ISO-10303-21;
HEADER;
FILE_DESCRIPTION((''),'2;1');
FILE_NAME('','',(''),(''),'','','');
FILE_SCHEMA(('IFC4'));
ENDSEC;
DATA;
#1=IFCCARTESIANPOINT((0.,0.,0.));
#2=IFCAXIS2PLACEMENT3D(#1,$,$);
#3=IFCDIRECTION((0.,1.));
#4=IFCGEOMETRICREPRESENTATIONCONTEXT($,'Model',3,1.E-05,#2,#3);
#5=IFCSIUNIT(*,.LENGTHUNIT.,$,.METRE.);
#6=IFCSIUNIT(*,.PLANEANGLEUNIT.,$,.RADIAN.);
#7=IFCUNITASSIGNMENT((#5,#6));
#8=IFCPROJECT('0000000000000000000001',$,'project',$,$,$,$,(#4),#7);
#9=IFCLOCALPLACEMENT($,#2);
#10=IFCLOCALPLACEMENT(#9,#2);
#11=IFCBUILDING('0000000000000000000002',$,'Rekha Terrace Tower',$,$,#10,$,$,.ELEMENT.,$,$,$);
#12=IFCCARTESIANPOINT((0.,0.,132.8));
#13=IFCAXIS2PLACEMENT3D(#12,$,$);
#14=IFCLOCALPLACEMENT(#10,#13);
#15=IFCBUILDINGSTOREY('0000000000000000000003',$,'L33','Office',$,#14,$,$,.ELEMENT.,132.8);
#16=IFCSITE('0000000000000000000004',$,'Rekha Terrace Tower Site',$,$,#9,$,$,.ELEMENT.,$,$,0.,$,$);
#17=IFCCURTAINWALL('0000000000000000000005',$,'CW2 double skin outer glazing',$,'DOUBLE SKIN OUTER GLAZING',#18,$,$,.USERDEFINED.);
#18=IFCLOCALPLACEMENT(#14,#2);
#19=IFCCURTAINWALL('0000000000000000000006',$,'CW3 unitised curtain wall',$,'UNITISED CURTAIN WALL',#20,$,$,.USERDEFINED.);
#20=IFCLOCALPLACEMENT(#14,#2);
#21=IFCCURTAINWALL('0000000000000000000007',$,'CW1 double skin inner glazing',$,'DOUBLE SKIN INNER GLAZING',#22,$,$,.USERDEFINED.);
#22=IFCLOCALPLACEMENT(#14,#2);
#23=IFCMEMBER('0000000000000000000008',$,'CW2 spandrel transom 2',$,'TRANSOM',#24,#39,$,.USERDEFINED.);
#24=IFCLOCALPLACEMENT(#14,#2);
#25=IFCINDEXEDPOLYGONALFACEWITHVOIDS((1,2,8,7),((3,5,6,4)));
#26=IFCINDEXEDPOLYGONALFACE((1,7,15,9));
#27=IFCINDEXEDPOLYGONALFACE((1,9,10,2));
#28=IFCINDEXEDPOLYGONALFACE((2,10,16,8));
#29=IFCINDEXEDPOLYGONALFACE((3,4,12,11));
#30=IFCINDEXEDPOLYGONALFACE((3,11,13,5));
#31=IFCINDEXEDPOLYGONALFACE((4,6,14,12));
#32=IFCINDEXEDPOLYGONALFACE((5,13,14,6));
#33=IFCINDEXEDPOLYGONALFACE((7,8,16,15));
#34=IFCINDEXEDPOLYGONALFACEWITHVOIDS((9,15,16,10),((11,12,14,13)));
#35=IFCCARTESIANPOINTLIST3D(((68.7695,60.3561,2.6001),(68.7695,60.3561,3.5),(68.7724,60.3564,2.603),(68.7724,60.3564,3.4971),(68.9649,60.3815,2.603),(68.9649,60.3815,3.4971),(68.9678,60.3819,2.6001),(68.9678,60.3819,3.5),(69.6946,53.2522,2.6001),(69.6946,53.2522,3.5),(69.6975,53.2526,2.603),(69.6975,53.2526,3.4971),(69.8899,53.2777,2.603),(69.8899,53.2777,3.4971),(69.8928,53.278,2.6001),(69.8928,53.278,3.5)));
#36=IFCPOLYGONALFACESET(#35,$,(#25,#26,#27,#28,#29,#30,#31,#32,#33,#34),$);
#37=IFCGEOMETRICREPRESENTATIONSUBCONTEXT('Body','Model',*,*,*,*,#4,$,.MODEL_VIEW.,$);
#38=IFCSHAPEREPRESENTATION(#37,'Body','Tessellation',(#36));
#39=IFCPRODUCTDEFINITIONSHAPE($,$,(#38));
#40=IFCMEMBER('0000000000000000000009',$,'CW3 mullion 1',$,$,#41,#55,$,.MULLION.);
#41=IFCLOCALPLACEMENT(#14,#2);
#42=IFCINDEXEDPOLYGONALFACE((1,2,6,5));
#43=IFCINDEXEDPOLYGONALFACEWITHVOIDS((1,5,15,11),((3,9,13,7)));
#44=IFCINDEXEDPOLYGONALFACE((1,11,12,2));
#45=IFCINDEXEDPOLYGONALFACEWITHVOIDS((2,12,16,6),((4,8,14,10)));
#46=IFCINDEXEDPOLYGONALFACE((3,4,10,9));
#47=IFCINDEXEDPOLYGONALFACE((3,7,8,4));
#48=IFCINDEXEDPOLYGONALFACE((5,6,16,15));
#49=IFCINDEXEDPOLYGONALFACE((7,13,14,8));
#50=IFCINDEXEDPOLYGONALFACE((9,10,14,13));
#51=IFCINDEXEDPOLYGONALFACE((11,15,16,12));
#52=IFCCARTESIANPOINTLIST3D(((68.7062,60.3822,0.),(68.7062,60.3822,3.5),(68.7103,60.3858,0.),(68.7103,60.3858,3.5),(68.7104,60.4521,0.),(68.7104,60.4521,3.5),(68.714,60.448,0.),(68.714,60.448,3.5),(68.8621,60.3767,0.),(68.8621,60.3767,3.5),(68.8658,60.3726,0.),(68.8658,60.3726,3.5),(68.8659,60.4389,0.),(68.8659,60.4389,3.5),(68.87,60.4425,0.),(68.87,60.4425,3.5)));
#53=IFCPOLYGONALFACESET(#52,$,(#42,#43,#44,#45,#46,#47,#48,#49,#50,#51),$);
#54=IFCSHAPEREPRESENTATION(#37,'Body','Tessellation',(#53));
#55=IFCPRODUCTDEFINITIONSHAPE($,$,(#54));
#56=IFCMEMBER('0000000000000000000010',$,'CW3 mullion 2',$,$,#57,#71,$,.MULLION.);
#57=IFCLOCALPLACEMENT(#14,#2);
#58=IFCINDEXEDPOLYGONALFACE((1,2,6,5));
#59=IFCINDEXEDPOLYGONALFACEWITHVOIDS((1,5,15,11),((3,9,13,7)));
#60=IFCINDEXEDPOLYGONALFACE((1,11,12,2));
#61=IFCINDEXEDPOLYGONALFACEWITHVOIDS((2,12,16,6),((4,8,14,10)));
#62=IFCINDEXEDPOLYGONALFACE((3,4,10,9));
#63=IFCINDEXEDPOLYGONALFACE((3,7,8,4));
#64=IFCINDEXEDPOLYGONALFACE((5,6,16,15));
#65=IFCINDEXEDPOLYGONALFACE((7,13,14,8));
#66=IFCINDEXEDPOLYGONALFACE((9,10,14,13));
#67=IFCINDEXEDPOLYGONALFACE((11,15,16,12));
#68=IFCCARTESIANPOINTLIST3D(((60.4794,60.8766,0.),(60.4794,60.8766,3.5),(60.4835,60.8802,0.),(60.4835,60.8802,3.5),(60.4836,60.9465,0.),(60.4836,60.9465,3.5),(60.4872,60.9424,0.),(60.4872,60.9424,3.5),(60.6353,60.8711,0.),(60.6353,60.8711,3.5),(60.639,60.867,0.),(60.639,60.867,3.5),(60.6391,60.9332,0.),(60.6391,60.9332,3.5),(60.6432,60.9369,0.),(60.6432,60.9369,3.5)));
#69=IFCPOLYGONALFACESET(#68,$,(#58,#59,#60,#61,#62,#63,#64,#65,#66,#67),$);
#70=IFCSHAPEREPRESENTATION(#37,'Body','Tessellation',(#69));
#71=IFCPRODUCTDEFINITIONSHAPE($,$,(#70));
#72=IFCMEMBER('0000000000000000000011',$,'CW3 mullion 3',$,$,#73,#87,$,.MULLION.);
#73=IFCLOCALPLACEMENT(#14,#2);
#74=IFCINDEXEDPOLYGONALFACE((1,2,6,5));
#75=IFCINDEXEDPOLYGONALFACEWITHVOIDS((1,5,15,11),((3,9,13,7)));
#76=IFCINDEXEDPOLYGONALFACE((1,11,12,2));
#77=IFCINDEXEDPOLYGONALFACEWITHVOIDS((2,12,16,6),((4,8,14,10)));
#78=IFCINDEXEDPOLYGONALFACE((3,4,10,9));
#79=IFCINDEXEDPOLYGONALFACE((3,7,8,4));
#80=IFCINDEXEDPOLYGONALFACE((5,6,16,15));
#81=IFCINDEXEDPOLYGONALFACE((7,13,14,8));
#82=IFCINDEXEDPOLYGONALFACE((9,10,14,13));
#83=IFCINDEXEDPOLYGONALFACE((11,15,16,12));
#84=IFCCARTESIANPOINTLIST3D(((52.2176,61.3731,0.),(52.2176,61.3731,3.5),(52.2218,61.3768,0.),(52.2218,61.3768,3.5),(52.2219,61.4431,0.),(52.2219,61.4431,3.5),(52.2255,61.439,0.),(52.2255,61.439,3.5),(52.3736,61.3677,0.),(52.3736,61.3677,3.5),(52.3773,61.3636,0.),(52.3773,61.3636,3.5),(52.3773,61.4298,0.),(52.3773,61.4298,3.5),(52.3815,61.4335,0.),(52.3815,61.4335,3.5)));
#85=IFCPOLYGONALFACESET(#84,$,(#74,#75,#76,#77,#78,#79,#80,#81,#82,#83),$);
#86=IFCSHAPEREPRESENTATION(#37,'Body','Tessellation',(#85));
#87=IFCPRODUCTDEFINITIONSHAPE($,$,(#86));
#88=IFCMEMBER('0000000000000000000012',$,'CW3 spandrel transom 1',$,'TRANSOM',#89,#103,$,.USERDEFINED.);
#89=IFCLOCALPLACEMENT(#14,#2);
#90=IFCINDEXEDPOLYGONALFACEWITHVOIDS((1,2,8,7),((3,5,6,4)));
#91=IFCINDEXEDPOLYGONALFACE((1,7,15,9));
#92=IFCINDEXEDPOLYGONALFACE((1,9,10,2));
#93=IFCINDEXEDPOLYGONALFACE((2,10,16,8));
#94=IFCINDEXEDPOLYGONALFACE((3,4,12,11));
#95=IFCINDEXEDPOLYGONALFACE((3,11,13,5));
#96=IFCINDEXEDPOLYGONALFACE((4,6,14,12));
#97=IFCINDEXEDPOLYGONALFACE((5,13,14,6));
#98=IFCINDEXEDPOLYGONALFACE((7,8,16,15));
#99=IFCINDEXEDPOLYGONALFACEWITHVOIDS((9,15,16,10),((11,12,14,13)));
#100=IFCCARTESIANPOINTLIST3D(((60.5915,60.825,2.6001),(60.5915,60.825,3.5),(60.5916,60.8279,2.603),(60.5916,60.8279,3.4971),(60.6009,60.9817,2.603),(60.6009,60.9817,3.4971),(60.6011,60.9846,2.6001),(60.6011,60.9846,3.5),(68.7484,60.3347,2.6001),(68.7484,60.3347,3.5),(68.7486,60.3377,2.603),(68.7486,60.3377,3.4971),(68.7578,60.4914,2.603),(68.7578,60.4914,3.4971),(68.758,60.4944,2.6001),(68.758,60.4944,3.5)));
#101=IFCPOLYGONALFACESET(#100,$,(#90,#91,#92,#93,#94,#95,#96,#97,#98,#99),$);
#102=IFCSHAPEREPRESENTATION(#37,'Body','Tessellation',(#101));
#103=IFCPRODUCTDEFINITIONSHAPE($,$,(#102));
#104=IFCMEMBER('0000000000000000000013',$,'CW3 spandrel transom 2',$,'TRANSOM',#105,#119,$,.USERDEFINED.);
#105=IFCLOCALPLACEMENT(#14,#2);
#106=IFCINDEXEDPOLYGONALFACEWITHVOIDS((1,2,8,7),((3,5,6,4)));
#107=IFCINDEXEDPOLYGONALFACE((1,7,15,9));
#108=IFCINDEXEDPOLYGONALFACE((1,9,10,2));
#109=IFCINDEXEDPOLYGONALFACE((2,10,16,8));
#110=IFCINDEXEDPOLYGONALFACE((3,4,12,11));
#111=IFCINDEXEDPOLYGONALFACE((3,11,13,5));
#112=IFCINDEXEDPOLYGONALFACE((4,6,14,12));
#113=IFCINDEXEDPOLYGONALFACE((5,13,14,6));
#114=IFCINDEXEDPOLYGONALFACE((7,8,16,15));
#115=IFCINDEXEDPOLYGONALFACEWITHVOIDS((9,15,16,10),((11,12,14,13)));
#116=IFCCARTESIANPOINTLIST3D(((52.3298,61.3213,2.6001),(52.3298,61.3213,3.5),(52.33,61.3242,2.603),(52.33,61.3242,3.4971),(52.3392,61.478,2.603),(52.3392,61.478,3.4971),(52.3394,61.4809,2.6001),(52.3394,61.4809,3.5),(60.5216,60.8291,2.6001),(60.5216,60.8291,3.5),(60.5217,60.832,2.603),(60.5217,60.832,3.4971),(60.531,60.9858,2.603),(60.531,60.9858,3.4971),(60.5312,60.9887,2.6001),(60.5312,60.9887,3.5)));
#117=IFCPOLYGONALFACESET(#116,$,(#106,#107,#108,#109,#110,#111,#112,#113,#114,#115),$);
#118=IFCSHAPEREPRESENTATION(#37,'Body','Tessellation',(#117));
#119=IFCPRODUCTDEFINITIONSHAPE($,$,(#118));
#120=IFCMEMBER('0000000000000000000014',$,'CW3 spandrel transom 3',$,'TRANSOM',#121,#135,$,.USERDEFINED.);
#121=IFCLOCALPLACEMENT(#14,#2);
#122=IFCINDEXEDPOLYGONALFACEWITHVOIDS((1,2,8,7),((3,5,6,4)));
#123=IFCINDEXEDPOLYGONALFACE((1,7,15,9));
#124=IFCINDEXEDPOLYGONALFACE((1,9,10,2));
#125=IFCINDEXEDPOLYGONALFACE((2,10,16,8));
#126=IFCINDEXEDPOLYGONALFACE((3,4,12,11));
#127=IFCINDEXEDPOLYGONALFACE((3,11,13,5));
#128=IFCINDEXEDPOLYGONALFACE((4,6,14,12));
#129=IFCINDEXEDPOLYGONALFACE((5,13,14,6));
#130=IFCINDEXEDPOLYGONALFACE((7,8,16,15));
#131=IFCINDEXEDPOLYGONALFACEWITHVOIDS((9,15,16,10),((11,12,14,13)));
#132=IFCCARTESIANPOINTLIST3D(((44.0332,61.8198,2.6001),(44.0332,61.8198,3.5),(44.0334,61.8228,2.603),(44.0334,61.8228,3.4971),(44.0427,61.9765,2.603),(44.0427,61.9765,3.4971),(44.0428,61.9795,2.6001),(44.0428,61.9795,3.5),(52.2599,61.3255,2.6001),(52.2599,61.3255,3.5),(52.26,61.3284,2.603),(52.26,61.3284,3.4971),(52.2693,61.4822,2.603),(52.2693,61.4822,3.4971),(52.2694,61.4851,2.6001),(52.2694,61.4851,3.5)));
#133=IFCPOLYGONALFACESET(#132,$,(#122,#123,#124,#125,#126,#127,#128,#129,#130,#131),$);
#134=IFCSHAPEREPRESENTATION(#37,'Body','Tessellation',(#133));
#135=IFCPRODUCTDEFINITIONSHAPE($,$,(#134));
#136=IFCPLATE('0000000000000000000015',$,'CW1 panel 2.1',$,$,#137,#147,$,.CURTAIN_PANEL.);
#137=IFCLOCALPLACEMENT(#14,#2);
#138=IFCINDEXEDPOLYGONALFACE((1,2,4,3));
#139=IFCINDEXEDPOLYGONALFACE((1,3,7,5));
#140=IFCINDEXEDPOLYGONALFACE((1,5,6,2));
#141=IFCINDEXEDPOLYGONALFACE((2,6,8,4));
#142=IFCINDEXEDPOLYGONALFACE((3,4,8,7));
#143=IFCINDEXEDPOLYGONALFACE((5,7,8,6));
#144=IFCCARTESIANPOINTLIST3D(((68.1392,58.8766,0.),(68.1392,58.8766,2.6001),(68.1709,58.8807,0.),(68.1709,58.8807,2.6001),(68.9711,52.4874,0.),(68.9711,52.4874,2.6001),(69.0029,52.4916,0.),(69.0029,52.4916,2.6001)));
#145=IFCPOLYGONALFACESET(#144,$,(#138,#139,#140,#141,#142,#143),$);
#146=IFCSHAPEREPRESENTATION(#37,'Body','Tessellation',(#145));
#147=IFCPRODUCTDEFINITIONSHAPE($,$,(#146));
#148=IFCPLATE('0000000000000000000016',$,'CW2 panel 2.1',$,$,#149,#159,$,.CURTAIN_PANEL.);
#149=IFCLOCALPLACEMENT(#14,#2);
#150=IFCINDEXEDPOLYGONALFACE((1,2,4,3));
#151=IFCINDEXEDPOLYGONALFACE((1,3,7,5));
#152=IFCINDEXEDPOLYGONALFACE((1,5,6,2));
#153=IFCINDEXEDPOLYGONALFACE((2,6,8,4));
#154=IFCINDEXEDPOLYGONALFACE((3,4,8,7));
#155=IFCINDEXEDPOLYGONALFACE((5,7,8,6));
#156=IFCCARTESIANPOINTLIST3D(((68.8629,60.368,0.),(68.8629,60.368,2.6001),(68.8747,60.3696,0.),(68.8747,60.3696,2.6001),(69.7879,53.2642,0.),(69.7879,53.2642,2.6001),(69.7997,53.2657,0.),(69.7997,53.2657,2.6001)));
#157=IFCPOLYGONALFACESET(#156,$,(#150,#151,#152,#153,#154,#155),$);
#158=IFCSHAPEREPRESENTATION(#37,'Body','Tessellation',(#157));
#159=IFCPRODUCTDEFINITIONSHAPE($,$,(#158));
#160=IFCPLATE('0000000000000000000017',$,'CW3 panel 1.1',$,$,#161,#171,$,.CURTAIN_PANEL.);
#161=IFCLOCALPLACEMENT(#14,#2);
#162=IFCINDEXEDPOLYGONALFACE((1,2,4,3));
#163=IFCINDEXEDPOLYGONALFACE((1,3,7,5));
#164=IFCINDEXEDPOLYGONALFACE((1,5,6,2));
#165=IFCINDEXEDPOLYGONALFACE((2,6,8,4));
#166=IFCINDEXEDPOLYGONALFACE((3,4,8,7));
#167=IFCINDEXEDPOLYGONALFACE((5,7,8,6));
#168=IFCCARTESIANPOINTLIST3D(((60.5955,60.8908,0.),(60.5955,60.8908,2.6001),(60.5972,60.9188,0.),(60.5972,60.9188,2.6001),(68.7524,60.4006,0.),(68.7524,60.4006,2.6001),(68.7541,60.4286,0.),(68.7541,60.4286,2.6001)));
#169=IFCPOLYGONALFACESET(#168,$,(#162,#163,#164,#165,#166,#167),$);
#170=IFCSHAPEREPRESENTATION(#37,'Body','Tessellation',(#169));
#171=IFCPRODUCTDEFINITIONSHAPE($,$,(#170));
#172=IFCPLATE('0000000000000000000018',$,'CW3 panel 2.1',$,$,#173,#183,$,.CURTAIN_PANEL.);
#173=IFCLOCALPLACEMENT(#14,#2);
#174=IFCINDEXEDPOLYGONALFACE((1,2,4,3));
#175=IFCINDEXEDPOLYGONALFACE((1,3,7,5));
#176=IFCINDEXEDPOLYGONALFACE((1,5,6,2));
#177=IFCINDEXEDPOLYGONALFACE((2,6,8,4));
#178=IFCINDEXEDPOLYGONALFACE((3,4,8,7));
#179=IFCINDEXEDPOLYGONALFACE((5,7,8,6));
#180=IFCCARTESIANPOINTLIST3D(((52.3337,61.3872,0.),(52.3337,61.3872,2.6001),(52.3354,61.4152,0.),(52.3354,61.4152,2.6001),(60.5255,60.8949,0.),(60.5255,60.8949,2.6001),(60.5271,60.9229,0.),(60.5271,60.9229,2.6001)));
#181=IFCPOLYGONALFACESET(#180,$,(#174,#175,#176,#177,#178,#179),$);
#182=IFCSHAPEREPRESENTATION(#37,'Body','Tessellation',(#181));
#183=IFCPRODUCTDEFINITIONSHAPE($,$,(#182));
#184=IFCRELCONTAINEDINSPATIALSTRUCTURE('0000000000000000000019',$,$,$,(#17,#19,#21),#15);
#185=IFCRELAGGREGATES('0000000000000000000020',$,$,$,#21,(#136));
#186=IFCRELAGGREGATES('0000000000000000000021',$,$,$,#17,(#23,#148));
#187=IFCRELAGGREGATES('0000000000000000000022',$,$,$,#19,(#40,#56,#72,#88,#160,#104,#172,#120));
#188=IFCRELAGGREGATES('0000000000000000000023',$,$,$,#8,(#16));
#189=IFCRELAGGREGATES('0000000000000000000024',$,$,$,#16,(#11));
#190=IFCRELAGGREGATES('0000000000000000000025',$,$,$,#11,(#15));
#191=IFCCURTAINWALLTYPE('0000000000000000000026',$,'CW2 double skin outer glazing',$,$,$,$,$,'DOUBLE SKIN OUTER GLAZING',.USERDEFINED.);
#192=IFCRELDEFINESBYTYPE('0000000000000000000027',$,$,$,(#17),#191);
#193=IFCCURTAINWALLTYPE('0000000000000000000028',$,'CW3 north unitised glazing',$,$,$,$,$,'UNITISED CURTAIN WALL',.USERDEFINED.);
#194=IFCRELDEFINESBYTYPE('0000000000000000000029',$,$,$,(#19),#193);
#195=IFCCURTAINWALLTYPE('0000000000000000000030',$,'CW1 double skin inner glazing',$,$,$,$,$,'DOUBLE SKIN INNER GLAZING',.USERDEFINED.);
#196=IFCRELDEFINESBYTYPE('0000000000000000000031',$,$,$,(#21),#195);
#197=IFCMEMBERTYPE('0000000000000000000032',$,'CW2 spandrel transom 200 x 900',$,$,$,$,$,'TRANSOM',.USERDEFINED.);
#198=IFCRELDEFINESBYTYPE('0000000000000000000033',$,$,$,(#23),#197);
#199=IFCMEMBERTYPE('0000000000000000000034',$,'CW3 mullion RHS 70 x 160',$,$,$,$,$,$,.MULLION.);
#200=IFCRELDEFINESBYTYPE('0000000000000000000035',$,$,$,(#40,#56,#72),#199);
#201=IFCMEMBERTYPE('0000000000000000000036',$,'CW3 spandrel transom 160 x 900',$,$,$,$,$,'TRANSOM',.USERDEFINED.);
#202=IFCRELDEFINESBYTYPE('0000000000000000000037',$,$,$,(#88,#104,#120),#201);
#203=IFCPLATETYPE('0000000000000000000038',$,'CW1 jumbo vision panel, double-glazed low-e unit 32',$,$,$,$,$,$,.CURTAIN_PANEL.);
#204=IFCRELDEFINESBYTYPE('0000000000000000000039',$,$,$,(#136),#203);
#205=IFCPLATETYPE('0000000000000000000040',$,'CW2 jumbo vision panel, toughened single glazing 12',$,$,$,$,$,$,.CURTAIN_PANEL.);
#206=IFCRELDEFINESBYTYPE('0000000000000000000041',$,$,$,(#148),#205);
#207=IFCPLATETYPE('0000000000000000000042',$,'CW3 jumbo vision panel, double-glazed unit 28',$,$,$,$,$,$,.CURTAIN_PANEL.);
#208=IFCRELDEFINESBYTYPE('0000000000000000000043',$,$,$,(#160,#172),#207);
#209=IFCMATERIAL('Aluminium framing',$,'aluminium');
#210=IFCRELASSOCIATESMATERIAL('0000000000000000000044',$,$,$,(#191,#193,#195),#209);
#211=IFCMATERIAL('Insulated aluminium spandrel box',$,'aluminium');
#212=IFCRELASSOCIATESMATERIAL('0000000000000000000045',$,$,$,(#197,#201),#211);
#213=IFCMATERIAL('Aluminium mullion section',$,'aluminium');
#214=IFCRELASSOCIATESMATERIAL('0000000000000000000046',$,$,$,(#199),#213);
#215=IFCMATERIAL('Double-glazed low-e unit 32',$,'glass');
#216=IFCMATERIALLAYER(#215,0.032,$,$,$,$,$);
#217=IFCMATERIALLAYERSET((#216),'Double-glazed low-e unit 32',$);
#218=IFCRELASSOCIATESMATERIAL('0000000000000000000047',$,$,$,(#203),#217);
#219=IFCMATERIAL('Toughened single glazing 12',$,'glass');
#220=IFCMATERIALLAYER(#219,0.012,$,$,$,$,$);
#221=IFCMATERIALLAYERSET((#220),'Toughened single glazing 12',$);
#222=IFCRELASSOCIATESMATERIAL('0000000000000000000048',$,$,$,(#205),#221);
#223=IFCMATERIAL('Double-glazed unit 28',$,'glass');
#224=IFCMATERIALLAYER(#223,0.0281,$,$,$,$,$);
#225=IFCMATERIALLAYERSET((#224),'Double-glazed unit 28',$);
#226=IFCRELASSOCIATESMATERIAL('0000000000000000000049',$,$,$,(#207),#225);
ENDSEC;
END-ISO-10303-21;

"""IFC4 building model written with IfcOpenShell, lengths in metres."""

from ifc_helpers import new_model, si_unit, direction, frame, origin, origin_2d, place, context, subcontext, project, spatial, rectangle, hollow_rectangle, extrude, material, layer, layer_set, material_profile, profile_set, type_object, element, aggregate, save


model = new_model("IFC4")

# Units and contexts
model_context = context("Model", 3, precision=1e-05, world=origin(), true_north=direction((0.0, 1.0)))
body_context = subcontext(model_context, "Body", "Model", "MODEL_VIEW")
ifc_project = project(units=[si_unit("LENGTHUNIT", "METRE"), si_unit("PLANEANGLEUNIT", "RADIAN")], contexts=[model_context])

# Site, building, storey
site_placement = place(None, origin())
site = spatial("IfcSite", under=ifc_project, at=site_placement, Name="Rekha Terrace Tower Site", CompositionType="ELEMENT", RefElevation=0.0)
building_placement = place(site_placement, origin())
building = spatial("IfcBuilding", under=site, at=building_placement, Name="Rekha Terrace Tower", CompositionType="ELEMENT")
storey_placement = place(building_placement, frame((0.0, 0.0, 132.8)))
storey = spatial("IfcBuildingStorey", under=building, at=storey_placement, Name="L33", Description="Office", CompositionType="ELEMENT", Elevation=132.8)

# Curtain wall
ifc_material_1 = material(Name="Aluminium framing", Category="aluminium")
curtain_wall_type_1 = type_object("IfcCurtainWallType", Name="CW2 double skin outer glazing", ElementType="DOUBLE SKIN OUTER GLAZING", PredefinedType="USERDEFINED", material=ifc_material_1)
curtain_wall_1_placement = place(storey_placement, origin())
curtain_wall_1 = element("IfcCurtainWall", 1, at=curtain_wall_1_placement, inside=storey, type_object=curtain_wall_type_1, Name="CW2 double skin outer glazing", ObjectType="DOUBLE SKIN OUTER GLAZING", PredefinedType="USERDEFINED")

# Curtain walls
curtain_wall_type_2 = type_object("IfcCurtainWallType", Name="CW3 north unitised glazing", ElementType="UNITISED CURTAIN WALL", PredefinedType="USERDEFINED", material=ifc_material_1)
curtain_wall_2_placement = place(storey_placement, origin())
curtain_wall_2 = element("IfcCurtainWall", 2, at=curtain_wall_2_placement, inside=storey, type_object=curtain_wall_type_2, Name="CW3 unitised curtain wall", ObjectType="UNITISED CURTAIN WALL", PredefinedType="USERDEFINED")
curtain_wall_type_3 = type_object("IfcCurtainWallType", Name="CW1 double skin inner glazing", ElementType="DOUBLE SKIN INNER GLAZING", PredefinedType="USERDEFINED", material=ifc_material_1)
curtain_wall_3_placement = place(storey_placement, origin())
curtain_wall_3 = element("IfcCurtainWall", 3, at=curtain_wall_3_placement, inside=storey, type_object=curtain_wall_type_3, Name="CW1 double skin inner glazing", ObjectType="DOUBLE SKIN INNER GLAZING", PredefinedType="USERDEFINED")
ifc_material_2 = material(Name="Aluminium mullion section", Category="aluminium")
ifc_material_3 = material(Name="Insulated aluminium spandrel box", Category="aluminium")

# Members
ifc_material_profile_1 = material_profile(ifc_material_3, hollow_rectangle(XDim=0.2, YDim=0.8999, WallThickness=0.0029, at=origin_2d()), Name="AL SPANDREL BOX 200x900")
ifc_profile_set_1 = profile_set([ifc_material_profile_1], Name="Insulated aluminium spandrel box")
member_type_1 = type_object("IfcMemberType", Name="CW2 spandrel transom 200 x 900", ElementType="TRANSOM", PredefinedType="USERDEFINED", material=ifc_profile_set_1)
member_1_placement = place(storey_placement, frame((69.7937, 53.2651, 3.05), z_axis=(-0.129129, 0.991628, 0.0), x_axis=(-0.991628, -0.129129, 0.0)))
member_1 = element("IfcMember", 4, at=member_1_placement, type_object=member_type_1, Name="CW2 spandrel transom 2", ObjectType="TRANSOM", PredefinedType="USERDEFINED", context=body_context, shape_type="SweptSolid", body=[
    extrude(hollow_rectangle(XDim=0.2, YDim=0.8999, WallThickness=0.0029, at=origin_2d()), origin(), (0.0, 0.0, 1.0), 7.1638),
])
ifc_material_profile_2 = material_profile(ifc_material_2, hollow_rectangle(XDim=0.0701, YDim=0.1599, WallThickness=0.0039, at=origin_2d()), Name="AL RHS 70x160")
ifc_profile_set_2 = profile_set([ifc_material_profile_2], Name="Aluminium mullion section")
member_type_2 = type_object("IfcMemberType", Name="CW3 mullion RHS 70 x 160", PredefinedType="MULLION", material=ifc_profile_set_2)
member_2_placement = place(storey_placement, frame((68.7881, 60.4124, 0.0), z_axis=(0.0, 0.0, 1.0), x_axis=(-0.059988, -0.998199, 0.0)))
member_2 = element("IfcMember", 5, at=member_2_placement, type_object=member_type_2, Name="CW3 mullion 1", PredefinedType="MULLION", context=body_context, shape_type="SweptSolid", body=[
    extrude(hollow_rectangle(XDim=0.0701, YDim=0.1599, WallThickness=0.0039, at=origin_2d()), origin(), (0.0, 0.0, 1.0), 3.5),
])
member_3_placement = place(storey_placement, frame((60.5613, 60.9067, 0.0), z_axis=(0.0, 0.0, 1.0), x_axis=(-0.059988, -0.998199, 0.0)))
member_3 = element("IfcMember", 6, at=member_3_placement, type_object=member_type_2, Name="CW3 mullion 2", PredefinedType="MULLION", context=body_context, shape_type="SweptSolid", body=[
    extrude(hollow_rectangle(XDim=0.0701, YDim=0.1599, WallThickness=0.0039, at=origin_2d()), origin(), (0.0, 0.0, 1.0), 3.5),
])
member_4_placement = place(storey_placement, frame((52.2996, 61.4033, 0.0), z_axis=(0.0, 0.0, 1.0), x_axis=(-0.059988, -0.998199, 0.0)))
member_4 = element("IfcMember", 7, at=member_4_placement, type_object=member_type_2, Name="CW3 mullion 3", PredefinedType="MULLION", context=body_context, shape_type="SweptSolid", body=[
    extrude(hollow_rectangle(XDim=0.0701, YDim=0.1599, WallThickness=0.0039, at=origin_2d()), origin(), (0.0, 0.0, 1.0), 3.5),
])
ifc_material_profile_3 = material_profile(ifc_material_3, hollow_rectangle(XDim=0.1599, YDim=0.8999, WallThickness=0.0029, at=origin_2d()), Name="AL SPANDREL BOX 160x900")
ifc_profile_set_3 = profile_set([ifc_material_profile_3], Name="Insulated aluminium spandrel box")
member_type_3 = type_object("IfcMemberType", Name="CW3 spandrel transom 160 x 900", ElementType="TRANSOM", PredefinedType="USERDEFINED", material=ifc_profile_set_3)
member_5_placement = place(storey_placement, frame((68.7532, 60.4146, 3.05), z_axis=(-0.998199, 0.059992, 0.0), x_axis=(-0.059992, -0.998199, 0.0)))
member_5 = element("IfcMember", 8, at=member_5_placement, type_object=member_type_3, Name="CW3 spandrel transom 1", ObjectType="TRANSOM", PredefinedType="USERDEFINED", context=body_context, shape_type="SweptSolid", body=[
    extrude(hollow_rectangle(XDim=0.1599, YDim=0.8999, WallThickness=0.0029, at=origin_2d()), origin(), (0.0, 0.0, 1.0), 8.1716),
])
member_6_placement = place(storey_placement, frame((60.5264, 60.9089, 3.05), z_axis=(-0.9982, 0.059976, 0.0), x_axis=(-0.059976, -0.9982, 0.0)))
member_6 = element("IfcMember", 9, at=member_6_placement, type_object=member_type_3, Name="CW3 spandrel transom 2", ObjectType="TRANSOM", PredefinedType="USERDEFINED", context=body_context, shape_type="SweptSolid", body=[
    extrude(hollow_rectangle(XDim=0.1599, YDim=0.8999, WallThickness=0.0029, at=origin_2d()), origin(), (0.0, 0.0, 1.0), 8.2065),
])
member_7_placement = place(storey_placement, frame((52.2646, 61.4053, 3.05), z_axis=(-0.998199, 0.059988, 0.0), x_axis=(-0.059988, -0.998199, 0.0)))
member_7 = element("IfcMember", 10, at=member_7_placement, type_object=member_type_3, Name="CW3 spandrel transom 3", ObjectType="TRANSOM", PredefinedType="USERDEFINED", context=body_context, shape_type="SweptSolid", body=[
    extrude(hollow_rectangle(XDim=0.1599, YDim=0.8999, WallThickness=0.0029, at=origin_2d()), origin(), (0.0, 0.0, 1.0), 8.2415),
])

# Plates
ifc_material_4 = material(Name="Double-glazed low-e unit 32", Category="glass")
ifc_layer_1 = layer(ifc_material_4, 0.032)
ifc_layer_set_1 = layer_set([ifc_layer_1], Name="Double-glazed low-e unit 32")
plate_type_1 = type_object("IfcPlateType", Name="CW1 jumbo vision panel, double-glazed low-e unit 32", PredefinedType="CURTAIN_PANEL", material=ifc_layer_set_1)
plate_1_placement = place(storey_placement, frame((68.571, 55.6841, 0.0), z_axis=(0.0, 0.0, 1.0), x_axis=(-0.129118, 0.991629, 0.0)))
plate_1 = element("IfcPlate", 11, at=plate_1_placement, type_object=plate_type_1, Name="CW1 panel 2.1", PredefinedType="CURTAIN_PANEL", context=body_context, shape_type="SweptSolid", body=[
    extrude(rectangle(XDim=6.4431, YDim=0.032, at=origin_2d()), origin(), (0.0, 0.0, 1.0), 2.6001),
])
aggregate(curtain_wall_3, [plate_1])
ifc_material_5 = material(Name="Toughened single glazing 12", Category="glass")
ifc_layer_2 = layer(ifc_material_5, 0.012)
ifc_layer_set_2 = layer_set([ifc_layer_2], Name="Toughened single glazing 12")
plate_type_2 = type_object("IfcPlateType", Name="CW2 jumbo vision panel, toughened single glazing 12", PredefinedType="CURTAIN_PANEL", material=ifc_layer_set_2)
plate_2_placement = place(storey_placement, frame((69.3313, 56.8169, 0.0), z_axis=(0.0, 0.0, 1.0), x_axis=(-0.129118, 0.991629, 0.0)))
plate_2 = element("IfcPlate", 12, at=plate_2_placement, type_object=plate_type_2, Name="CW2 panel 2.1", PredefinedType="CURTAIN_PANEL", context=body_context, shape_type="SweptSolid", body=[
    extrude(rectangle(XDim=7.1638, YDim=0.012, at=origin_2d()), origin(), (0.0, 0.0, 1.0), 2.6001),
])
aggregate(curtain_wall_1, [member_1, plate_2])
ifc_material_6 = material(Name="Double-glazed unit 28", Category="glass")
ifc_layer_3 = layer(ifc_material_6, 0.0281)
ifc_layer_set_3 = layer_set([ifc_layer_3], Name="Double-glazed unit 28")
plate_type_3 = type_object("IfcPlateType", Name="CW3 jumbo vision panel, double-glazed unit 28", PredefinedType="CURTAIN_PANEL", material=ifc_layer_set_3)
plate_3_placement = place(storey_placement, frame((64.6748, 60.6597, 0.0), z_axis=(0.0, 0.0, 1.0), x_axis=(-0.998199, 0.059988, 0.0)))
plate_3 = element("IfcPlate", 13, at=plate_3_placement, type_object=plate_type_3, Name="CW3 panel 1.1", PredefinedType="CURTAIN_PANEL", context=body_context, shape_type="SweptSolid", body=[
    extrude(rectangle(XDim=8.1716, YDim=0.0281, at=origin_2d()), origin(), (0.0, 0.0, 1.0), 2.6001),
])
plate_4_placement = place(storey_placement, frame((56.4304, 61.155, 0.0), z_axis=(0.0, 0.0, 1.0), x_axis=(-0.998199, 0.059988, 0.0)))
plate_4 = element("IfcPlate", 14, at=plate_4_placement, type_object=plate_type_3, Name="CW3 panel 2.1", PredefinedType="CURTAIN_PANEL", context=body_context, shape_type="SweptSolid", body=[
    extrude(rectangle(XDim=8.2065, YDim=0.0281, at=origin_2d()), origin(), (0.0, 0.0, 1.0), 2.6001),
])
aggregate(curtain_wall_2, [member_2, member_3, member_4, member_5, plate_3, member_6, plate_4, member_7])

save(model, "model.ifc")
